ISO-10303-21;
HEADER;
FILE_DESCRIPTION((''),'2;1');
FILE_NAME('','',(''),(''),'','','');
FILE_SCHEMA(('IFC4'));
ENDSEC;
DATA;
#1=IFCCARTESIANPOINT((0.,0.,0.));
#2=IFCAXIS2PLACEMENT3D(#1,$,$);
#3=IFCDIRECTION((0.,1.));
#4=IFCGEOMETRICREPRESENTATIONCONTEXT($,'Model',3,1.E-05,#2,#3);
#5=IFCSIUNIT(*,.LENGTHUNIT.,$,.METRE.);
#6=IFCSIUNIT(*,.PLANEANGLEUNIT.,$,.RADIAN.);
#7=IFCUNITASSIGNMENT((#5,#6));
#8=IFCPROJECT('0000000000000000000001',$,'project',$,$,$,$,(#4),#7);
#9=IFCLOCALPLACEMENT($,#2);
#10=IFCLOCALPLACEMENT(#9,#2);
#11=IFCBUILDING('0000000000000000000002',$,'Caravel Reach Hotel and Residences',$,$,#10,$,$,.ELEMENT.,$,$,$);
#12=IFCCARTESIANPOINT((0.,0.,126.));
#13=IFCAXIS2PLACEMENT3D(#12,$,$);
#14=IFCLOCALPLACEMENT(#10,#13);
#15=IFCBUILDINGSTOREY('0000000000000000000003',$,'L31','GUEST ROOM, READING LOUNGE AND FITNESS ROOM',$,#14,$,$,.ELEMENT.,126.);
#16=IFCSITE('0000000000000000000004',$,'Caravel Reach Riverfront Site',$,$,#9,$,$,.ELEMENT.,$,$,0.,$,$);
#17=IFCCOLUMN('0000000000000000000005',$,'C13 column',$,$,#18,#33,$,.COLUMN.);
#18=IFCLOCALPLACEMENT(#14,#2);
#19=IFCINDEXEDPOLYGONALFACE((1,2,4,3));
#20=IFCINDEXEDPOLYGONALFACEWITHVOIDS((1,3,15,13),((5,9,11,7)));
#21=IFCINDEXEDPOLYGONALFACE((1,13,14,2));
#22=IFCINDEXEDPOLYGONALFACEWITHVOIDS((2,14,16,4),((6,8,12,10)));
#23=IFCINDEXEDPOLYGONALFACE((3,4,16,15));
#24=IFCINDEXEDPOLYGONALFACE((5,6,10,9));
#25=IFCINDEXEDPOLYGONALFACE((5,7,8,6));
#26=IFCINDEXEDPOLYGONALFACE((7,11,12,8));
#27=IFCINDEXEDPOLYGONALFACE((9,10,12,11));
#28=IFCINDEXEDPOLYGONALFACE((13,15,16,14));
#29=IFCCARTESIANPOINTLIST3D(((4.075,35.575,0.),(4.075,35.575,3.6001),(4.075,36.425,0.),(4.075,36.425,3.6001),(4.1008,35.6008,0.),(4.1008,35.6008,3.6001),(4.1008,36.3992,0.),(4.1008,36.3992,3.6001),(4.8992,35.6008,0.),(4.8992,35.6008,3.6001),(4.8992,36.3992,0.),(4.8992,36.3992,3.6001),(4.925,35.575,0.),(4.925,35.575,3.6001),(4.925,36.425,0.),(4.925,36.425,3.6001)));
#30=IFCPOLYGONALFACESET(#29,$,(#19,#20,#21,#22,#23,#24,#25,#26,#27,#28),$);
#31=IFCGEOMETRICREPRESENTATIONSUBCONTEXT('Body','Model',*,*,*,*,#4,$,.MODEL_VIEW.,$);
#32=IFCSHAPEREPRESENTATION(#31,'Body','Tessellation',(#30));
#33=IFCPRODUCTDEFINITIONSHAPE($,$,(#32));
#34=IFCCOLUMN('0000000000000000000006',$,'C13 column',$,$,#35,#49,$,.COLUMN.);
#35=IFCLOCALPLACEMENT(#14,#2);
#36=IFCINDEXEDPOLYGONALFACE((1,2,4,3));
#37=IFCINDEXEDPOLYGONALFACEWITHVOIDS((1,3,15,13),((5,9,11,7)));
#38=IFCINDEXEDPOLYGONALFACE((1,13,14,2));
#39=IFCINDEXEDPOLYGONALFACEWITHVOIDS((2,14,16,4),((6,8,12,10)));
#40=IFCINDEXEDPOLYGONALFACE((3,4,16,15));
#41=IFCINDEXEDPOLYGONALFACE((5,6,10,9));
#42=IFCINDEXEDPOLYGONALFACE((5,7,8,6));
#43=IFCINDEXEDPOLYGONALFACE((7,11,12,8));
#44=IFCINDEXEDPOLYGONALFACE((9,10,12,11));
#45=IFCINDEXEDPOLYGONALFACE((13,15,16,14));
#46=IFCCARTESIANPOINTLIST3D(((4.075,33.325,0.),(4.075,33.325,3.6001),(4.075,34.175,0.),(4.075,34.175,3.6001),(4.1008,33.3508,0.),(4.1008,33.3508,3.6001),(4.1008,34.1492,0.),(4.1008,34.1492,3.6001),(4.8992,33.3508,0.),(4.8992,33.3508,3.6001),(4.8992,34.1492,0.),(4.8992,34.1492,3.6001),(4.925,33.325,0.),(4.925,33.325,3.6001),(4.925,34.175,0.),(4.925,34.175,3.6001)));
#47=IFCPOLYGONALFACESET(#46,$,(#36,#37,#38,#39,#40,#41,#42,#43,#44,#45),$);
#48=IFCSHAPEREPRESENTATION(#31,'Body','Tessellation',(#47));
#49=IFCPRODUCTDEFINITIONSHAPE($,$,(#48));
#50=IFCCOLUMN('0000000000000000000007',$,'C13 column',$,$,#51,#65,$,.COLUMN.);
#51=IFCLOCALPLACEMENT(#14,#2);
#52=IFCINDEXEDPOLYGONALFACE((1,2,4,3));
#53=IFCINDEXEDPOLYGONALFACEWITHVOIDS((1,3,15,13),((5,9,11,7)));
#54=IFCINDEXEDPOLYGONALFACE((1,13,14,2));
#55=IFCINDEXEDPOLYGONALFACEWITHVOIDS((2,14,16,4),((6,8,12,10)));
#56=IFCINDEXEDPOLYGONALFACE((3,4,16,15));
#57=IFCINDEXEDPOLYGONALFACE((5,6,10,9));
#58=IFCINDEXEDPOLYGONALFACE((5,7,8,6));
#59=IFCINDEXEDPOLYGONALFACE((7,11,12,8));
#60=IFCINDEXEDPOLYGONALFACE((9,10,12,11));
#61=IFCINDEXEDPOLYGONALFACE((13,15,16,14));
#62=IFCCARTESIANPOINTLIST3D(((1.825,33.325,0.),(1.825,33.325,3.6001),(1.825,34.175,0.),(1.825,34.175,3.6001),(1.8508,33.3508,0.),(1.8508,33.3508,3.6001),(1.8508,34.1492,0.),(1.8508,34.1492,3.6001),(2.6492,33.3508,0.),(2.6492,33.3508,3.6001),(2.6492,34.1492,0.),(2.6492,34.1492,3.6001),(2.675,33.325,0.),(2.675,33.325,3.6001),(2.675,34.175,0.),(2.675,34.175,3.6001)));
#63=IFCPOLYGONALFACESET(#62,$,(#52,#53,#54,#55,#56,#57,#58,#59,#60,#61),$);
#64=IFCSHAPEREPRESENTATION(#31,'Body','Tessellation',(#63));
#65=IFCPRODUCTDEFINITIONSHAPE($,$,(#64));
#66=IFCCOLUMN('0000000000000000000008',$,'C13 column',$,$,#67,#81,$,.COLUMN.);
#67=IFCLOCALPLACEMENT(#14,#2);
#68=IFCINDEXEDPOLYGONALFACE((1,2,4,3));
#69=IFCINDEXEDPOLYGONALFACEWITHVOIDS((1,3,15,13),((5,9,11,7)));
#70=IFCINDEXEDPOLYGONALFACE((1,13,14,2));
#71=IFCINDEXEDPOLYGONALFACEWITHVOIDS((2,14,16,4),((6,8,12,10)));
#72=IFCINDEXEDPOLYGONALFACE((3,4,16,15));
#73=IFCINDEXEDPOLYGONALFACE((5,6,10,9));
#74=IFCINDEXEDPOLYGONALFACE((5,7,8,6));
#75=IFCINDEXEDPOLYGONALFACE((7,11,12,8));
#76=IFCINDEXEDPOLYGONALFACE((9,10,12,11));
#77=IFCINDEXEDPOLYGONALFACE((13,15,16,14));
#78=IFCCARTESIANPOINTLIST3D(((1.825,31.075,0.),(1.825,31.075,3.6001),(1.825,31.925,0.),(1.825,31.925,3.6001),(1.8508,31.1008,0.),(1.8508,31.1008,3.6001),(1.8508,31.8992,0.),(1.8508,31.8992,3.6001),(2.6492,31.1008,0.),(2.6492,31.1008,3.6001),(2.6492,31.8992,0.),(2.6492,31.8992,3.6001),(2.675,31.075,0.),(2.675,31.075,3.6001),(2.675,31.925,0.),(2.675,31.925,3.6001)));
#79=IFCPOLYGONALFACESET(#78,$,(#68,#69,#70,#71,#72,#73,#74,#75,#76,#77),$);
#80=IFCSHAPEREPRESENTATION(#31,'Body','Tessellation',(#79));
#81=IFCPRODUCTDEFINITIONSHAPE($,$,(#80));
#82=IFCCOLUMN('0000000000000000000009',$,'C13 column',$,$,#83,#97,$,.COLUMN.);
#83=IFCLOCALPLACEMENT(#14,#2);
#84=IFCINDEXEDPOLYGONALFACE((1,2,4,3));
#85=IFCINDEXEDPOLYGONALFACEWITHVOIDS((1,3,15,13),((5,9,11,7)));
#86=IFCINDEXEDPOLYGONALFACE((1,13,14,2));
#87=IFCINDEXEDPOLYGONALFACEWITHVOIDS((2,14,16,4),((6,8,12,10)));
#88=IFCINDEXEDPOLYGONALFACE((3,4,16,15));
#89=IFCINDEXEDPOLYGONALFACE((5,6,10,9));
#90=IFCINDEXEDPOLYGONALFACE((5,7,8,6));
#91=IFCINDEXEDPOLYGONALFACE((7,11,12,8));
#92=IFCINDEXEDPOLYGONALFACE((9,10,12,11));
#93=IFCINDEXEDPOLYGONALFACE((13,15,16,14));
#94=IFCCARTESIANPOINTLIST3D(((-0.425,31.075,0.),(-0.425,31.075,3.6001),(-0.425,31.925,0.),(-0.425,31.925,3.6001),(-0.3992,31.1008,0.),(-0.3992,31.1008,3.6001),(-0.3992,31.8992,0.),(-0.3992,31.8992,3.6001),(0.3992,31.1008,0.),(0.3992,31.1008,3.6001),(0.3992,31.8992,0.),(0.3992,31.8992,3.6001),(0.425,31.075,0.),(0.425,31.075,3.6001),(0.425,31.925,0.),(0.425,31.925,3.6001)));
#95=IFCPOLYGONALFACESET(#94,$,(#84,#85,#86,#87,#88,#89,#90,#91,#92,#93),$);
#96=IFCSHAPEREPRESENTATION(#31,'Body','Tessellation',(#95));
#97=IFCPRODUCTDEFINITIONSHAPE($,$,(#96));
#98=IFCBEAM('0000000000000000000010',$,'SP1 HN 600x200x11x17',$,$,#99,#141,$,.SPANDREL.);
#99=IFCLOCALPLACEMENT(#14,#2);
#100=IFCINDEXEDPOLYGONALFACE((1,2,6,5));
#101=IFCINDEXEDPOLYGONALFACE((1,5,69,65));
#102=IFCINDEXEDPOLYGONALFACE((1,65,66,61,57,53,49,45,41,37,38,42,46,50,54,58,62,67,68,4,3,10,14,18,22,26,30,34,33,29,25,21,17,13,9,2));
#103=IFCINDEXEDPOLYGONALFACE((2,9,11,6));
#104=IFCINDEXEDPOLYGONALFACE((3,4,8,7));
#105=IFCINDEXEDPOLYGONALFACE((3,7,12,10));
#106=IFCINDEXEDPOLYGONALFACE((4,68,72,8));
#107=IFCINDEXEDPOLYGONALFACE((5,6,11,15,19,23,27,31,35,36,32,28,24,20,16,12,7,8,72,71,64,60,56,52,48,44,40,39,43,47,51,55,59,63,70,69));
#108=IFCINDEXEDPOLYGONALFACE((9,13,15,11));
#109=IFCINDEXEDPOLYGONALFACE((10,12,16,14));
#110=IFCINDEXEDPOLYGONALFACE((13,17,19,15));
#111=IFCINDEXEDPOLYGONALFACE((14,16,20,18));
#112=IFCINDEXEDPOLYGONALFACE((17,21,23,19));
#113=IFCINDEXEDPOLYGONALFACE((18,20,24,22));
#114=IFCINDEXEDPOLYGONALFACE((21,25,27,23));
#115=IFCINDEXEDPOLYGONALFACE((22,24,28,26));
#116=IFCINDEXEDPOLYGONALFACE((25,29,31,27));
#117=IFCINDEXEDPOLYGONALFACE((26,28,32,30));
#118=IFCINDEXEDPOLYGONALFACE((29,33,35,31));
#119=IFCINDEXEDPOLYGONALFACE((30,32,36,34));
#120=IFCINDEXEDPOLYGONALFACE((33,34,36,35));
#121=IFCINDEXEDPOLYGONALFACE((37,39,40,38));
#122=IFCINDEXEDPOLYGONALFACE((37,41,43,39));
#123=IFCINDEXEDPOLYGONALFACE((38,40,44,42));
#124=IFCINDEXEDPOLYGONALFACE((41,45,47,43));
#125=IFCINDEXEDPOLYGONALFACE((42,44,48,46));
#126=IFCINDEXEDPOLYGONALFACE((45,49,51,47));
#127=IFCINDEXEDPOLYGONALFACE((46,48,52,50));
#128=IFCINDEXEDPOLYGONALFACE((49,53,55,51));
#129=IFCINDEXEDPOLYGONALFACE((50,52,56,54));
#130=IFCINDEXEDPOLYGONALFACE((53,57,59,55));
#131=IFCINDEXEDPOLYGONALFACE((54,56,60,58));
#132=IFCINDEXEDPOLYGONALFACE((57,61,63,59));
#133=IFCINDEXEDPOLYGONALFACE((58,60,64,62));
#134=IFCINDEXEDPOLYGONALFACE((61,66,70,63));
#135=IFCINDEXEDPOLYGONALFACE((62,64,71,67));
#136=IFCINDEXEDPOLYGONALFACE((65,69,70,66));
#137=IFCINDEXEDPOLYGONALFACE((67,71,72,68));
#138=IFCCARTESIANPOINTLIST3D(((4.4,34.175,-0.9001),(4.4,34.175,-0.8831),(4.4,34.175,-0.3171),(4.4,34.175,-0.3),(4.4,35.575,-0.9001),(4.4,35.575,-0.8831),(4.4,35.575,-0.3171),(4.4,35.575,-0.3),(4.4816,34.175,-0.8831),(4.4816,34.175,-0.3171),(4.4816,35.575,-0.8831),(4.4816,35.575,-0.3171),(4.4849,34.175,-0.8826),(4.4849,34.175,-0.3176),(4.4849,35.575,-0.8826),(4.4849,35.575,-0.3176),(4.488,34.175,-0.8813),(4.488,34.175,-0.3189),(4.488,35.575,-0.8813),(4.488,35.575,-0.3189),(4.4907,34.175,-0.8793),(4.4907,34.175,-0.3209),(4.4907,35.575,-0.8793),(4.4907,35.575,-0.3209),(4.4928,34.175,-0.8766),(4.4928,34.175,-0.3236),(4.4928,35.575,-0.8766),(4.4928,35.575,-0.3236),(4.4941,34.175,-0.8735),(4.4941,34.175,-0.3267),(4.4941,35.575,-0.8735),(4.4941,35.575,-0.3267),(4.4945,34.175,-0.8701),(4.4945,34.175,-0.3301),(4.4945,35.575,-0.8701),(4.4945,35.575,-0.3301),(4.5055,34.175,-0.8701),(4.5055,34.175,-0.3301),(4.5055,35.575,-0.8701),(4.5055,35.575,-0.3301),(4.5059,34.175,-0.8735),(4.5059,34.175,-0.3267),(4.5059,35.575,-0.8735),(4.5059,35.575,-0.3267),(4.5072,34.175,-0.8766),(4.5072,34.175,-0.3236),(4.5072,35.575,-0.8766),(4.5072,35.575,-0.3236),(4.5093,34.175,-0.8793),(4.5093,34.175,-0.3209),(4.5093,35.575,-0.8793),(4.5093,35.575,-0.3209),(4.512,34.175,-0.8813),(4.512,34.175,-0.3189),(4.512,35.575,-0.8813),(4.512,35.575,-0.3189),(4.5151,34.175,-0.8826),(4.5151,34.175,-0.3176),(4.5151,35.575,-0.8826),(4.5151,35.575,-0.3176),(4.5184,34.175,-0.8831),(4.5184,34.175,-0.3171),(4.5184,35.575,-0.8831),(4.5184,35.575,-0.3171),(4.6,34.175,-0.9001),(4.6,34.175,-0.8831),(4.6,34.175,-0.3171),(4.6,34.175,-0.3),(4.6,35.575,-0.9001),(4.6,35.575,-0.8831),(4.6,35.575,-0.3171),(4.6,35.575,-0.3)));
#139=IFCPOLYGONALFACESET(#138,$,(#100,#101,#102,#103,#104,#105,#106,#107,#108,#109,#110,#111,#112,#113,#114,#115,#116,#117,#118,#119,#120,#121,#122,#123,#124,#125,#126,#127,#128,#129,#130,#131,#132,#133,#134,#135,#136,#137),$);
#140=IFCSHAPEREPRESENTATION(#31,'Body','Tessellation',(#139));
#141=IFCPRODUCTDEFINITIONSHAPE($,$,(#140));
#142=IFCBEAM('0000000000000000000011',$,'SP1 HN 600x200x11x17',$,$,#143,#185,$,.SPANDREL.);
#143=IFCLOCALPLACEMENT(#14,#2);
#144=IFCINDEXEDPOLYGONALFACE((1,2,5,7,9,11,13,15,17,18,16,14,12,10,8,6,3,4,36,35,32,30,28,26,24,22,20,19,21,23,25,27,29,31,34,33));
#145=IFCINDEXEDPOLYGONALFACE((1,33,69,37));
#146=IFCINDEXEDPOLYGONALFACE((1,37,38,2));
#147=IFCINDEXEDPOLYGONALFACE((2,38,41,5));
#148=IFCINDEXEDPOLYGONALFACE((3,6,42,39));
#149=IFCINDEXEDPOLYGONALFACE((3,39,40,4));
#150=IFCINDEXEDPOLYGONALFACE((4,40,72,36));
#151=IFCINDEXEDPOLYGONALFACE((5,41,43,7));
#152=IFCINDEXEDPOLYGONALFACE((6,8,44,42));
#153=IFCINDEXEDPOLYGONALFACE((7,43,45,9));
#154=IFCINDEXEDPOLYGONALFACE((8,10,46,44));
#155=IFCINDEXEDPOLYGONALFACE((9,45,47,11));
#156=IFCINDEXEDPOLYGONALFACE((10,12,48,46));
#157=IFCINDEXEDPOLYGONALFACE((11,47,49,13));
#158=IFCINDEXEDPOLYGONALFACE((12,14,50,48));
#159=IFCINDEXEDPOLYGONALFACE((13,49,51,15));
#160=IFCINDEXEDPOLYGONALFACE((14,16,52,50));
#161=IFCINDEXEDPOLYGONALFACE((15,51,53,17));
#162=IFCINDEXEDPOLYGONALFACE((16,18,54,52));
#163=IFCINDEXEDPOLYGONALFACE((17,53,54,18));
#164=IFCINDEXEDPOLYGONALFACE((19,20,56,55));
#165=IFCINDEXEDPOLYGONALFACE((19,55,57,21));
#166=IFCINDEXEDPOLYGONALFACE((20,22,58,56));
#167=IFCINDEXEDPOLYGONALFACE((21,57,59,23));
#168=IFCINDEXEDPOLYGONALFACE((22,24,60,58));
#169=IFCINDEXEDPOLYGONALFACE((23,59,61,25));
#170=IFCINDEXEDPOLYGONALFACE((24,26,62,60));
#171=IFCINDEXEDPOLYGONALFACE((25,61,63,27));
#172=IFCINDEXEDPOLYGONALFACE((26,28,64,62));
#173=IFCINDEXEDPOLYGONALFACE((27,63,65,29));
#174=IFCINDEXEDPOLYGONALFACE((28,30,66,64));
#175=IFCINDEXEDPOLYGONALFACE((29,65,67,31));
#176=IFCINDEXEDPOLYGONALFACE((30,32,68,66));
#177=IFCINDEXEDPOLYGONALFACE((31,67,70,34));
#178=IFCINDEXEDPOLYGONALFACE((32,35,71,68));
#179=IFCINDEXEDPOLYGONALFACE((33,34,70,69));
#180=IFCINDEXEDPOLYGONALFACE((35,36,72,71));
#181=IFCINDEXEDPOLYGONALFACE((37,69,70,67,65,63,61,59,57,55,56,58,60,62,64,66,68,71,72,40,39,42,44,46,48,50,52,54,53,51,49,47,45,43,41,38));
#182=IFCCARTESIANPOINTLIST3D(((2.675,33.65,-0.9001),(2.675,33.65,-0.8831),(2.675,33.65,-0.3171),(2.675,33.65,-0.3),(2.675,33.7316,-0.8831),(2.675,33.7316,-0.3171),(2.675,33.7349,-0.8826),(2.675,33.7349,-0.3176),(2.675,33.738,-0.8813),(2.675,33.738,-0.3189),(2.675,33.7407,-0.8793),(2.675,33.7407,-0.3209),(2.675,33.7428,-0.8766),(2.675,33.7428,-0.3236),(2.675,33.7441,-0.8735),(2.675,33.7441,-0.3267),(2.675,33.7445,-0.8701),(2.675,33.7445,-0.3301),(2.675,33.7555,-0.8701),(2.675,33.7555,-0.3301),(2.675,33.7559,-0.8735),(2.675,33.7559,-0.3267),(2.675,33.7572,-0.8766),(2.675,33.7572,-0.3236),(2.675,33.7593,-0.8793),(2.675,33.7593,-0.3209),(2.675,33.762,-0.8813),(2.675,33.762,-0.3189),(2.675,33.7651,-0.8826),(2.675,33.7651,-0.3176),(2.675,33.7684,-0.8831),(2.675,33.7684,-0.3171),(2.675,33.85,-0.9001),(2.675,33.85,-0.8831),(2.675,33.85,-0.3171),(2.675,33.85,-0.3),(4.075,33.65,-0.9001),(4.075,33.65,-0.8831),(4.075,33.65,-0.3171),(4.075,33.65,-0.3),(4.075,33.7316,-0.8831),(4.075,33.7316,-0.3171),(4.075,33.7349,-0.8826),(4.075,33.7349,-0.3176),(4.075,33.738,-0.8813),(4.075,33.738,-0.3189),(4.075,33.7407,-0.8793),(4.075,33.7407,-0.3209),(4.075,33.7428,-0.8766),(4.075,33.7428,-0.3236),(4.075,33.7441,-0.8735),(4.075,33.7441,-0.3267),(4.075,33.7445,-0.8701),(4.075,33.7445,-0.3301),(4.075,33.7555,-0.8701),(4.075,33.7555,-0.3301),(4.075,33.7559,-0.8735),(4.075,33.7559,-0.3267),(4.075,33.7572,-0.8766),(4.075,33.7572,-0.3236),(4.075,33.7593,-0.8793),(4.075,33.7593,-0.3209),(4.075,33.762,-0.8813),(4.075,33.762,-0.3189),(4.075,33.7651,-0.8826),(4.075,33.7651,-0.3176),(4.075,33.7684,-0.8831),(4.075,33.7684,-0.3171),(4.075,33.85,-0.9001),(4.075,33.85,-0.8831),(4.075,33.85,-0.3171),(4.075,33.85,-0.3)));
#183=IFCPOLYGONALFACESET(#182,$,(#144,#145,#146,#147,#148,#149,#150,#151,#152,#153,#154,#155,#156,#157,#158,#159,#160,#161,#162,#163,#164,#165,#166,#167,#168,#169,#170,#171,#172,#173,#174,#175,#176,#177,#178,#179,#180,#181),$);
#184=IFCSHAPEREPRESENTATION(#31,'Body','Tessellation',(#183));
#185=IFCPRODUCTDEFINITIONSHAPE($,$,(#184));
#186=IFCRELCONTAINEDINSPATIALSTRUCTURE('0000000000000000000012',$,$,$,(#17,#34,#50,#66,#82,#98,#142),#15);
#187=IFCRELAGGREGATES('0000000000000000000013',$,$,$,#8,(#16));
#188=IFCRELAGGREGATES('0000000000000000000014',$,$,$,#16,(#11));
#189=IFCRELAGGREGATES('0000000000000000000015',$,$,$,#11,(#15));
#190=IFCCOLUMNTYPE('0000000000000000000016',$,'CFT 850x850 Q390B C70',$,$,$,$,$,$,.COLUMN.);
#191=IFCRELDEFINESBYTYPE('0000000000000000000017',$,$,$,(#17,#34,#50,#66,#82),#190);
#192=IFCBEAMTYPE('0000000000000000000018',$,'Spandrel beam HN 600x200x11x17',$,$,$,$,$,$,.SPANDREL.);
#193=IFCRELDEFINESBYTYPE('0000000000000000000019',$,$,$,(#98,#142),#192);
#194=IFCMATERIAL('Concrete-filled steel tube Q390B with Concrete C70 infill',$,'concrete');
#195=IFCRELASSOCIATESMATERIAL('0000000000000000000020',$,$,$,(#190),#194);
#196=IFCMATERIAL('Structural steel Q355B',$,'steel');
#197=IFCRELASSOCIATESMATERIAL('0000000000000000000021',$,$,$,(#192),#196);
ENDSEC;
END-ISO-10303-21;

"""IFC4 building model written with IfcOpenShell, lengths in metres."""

from ifc_helpers import new_model, si_unit, direction, frame, origin, origin_2d, place, context, subcontext, project, spatial, hollow_rectangle, i_section, extrude, material, material_profile, profile_set, type_object, element, save


model = new_model("IFC4")

# Units and contexts
model_context = context("Model", 3, precision=1e-05, world=origin(), true_north=direction((0.0, 1.0)))
body_context = subcontext(model_context, "Body", "Model", "MODEL_VIEW")
ifc_project = project(units=[si_unit("LENGTHUNIT", "METRE"), si_unit("PLANEANGLEUNIT", "RADIAN")], contexts=[model_context])

# Site, building, storey
site_placement = place(None, origin())
site = spatial("IfcSite", under=ifc_project, at=site_placement, Name="Caravel Reach Riverfront Site", CompositionType="ELEMENT", RefElevation=0.0)
building_placement = place(site_placement, origin())
building = spatial("IfcBuilding", under=site, at=building_placement, Name="Caravel Reach Hotel and Residences", CompositionType="ELEMENT")
storey_placement = place(building_placement, frame((0.0, 0.0, 126.0)))
storey = spatial("IfcBuildingStorey", under=building, at=storey_placement, Name="L31", Description="GUEST ROOM, READING LOUNGE AND FITNESS ROOM", CompositionType="ELEMENT", Elevation=126.0)

# Columns
ifc_material_1 = material(Name="Concrete-filled steel tube Q390B with Concrete C70 infill", Category="concrete")
ifc_material_profile_1 = material_profile(ifc_material_1, hollow_rectangle(XDim=0.8501, YDim=0.8501, WallThickness=0.0259, at=origin_2d()), Name="RHS 850x850x26")
ifc_profile_set_1 = profile_set([ifc_material_profile_1], Name="Concrete-filled steel tube Q390B with Concrete C70 infill")
column_type = type_object("IfcColumnType", Name="CFT 850x850 Q390B C70", PredefinedType="COLUMN", material=ifc_profile_set_1)
for number, where, z_axis, x_axis, name in (
    (1, (4.5, 36.0, 0.0), (0.0, 0.0, 1.0), (1.0, 0.0, 0.0), "C13 column"),
    (2, (4.5, 33.75, 0.0), (0.0, 0.0, 1.0), (1.0, 0.0, 0.0), "C13 column"),
    (3, (2.25, 33.75, 0.0), (0.0, 0.0, 1.0), (1.0, 0.0, 0.0), "C13 column"),
    (4, (2.25, 31.5, 0.0), (0.0, 0.0, 1.0), (1.0, 0.0, 0.0), "C13 column"),
    (5, (0.0, 31.5, 0.0), (0.0, 0.0, 1.0), (1.0, 0.0, 0.0), "C13 column"),
):
    element("IfcColumn", number, at=place(storey_placement, frame(where, z_axis=z_axis, x_axis=x_axis)), inside=storey, type_object=column_type, Name=name, PredefinedType="COLUMN", context=body_context, shape_type="SweptSolid", body=[
        extrude(hollow_rectangle(XDim=0.8501, YDim=0.8501, WallThickness=0.0259, at=origin_2d()), origin(), (0.0, 0.0, 1.0), 3.6001),
    ])

# Beams
ifc_material_2 = material(Name="Structural steel Q355B", Category="steel")
ifc_material_profile_2 = material_profile(ifc_material_2, i_section(OverallWidth=0.2, OverallDepth=0.6001, WebThickness=0.011, FlangeThickness=0.0171, FilletRadius=0.0129, at=origin_2d()), Name="HN 600x200x11x17")
ifc_profile_set_2 = profile_set([ifc_material_profile_2], Name="Structural steel Q355B")
beam_type = type_object("IfcBeamType", Name="Spandrel beam HN 600x200x11x17", PredefinedType="SPANDREL", material=ifc_profile_set_2)
for number, where, z_axis, x_axis, name in (
    (6, (4.5, 35.575, -0.6001), (0.0, -1.0, 0.0), (1.0, 0.0, 0.0), "SP1 HN 600x200x11x17"),
    (7, (4.075, 33.75, -0.6001), (-1.0, 0.0, 0.0), (0.0, -1.0, 0.0), "SP1 HN 600x200x11x17"),
):
    element("IfcBeam", number, at=place(storey_placement, frame(where, z_axis=z_axis, x_axis=x_axis)), inside=storey, type_object=beam_type, Name=name, PredefinedType="SPANDREL", context=body_context, shape_type="SweptSolid", body=[
        extrude(i_section(OverallWidth=0.2, OverallDepth=0.6001, WebThickness=0.011, FlangeThickness=0.0171, FilletRadius=0.0129, at=origin_2d()), origin(), (0.0, 0.0, 1.0), 1.3999),
    ])

save(model, "model.ifc")
